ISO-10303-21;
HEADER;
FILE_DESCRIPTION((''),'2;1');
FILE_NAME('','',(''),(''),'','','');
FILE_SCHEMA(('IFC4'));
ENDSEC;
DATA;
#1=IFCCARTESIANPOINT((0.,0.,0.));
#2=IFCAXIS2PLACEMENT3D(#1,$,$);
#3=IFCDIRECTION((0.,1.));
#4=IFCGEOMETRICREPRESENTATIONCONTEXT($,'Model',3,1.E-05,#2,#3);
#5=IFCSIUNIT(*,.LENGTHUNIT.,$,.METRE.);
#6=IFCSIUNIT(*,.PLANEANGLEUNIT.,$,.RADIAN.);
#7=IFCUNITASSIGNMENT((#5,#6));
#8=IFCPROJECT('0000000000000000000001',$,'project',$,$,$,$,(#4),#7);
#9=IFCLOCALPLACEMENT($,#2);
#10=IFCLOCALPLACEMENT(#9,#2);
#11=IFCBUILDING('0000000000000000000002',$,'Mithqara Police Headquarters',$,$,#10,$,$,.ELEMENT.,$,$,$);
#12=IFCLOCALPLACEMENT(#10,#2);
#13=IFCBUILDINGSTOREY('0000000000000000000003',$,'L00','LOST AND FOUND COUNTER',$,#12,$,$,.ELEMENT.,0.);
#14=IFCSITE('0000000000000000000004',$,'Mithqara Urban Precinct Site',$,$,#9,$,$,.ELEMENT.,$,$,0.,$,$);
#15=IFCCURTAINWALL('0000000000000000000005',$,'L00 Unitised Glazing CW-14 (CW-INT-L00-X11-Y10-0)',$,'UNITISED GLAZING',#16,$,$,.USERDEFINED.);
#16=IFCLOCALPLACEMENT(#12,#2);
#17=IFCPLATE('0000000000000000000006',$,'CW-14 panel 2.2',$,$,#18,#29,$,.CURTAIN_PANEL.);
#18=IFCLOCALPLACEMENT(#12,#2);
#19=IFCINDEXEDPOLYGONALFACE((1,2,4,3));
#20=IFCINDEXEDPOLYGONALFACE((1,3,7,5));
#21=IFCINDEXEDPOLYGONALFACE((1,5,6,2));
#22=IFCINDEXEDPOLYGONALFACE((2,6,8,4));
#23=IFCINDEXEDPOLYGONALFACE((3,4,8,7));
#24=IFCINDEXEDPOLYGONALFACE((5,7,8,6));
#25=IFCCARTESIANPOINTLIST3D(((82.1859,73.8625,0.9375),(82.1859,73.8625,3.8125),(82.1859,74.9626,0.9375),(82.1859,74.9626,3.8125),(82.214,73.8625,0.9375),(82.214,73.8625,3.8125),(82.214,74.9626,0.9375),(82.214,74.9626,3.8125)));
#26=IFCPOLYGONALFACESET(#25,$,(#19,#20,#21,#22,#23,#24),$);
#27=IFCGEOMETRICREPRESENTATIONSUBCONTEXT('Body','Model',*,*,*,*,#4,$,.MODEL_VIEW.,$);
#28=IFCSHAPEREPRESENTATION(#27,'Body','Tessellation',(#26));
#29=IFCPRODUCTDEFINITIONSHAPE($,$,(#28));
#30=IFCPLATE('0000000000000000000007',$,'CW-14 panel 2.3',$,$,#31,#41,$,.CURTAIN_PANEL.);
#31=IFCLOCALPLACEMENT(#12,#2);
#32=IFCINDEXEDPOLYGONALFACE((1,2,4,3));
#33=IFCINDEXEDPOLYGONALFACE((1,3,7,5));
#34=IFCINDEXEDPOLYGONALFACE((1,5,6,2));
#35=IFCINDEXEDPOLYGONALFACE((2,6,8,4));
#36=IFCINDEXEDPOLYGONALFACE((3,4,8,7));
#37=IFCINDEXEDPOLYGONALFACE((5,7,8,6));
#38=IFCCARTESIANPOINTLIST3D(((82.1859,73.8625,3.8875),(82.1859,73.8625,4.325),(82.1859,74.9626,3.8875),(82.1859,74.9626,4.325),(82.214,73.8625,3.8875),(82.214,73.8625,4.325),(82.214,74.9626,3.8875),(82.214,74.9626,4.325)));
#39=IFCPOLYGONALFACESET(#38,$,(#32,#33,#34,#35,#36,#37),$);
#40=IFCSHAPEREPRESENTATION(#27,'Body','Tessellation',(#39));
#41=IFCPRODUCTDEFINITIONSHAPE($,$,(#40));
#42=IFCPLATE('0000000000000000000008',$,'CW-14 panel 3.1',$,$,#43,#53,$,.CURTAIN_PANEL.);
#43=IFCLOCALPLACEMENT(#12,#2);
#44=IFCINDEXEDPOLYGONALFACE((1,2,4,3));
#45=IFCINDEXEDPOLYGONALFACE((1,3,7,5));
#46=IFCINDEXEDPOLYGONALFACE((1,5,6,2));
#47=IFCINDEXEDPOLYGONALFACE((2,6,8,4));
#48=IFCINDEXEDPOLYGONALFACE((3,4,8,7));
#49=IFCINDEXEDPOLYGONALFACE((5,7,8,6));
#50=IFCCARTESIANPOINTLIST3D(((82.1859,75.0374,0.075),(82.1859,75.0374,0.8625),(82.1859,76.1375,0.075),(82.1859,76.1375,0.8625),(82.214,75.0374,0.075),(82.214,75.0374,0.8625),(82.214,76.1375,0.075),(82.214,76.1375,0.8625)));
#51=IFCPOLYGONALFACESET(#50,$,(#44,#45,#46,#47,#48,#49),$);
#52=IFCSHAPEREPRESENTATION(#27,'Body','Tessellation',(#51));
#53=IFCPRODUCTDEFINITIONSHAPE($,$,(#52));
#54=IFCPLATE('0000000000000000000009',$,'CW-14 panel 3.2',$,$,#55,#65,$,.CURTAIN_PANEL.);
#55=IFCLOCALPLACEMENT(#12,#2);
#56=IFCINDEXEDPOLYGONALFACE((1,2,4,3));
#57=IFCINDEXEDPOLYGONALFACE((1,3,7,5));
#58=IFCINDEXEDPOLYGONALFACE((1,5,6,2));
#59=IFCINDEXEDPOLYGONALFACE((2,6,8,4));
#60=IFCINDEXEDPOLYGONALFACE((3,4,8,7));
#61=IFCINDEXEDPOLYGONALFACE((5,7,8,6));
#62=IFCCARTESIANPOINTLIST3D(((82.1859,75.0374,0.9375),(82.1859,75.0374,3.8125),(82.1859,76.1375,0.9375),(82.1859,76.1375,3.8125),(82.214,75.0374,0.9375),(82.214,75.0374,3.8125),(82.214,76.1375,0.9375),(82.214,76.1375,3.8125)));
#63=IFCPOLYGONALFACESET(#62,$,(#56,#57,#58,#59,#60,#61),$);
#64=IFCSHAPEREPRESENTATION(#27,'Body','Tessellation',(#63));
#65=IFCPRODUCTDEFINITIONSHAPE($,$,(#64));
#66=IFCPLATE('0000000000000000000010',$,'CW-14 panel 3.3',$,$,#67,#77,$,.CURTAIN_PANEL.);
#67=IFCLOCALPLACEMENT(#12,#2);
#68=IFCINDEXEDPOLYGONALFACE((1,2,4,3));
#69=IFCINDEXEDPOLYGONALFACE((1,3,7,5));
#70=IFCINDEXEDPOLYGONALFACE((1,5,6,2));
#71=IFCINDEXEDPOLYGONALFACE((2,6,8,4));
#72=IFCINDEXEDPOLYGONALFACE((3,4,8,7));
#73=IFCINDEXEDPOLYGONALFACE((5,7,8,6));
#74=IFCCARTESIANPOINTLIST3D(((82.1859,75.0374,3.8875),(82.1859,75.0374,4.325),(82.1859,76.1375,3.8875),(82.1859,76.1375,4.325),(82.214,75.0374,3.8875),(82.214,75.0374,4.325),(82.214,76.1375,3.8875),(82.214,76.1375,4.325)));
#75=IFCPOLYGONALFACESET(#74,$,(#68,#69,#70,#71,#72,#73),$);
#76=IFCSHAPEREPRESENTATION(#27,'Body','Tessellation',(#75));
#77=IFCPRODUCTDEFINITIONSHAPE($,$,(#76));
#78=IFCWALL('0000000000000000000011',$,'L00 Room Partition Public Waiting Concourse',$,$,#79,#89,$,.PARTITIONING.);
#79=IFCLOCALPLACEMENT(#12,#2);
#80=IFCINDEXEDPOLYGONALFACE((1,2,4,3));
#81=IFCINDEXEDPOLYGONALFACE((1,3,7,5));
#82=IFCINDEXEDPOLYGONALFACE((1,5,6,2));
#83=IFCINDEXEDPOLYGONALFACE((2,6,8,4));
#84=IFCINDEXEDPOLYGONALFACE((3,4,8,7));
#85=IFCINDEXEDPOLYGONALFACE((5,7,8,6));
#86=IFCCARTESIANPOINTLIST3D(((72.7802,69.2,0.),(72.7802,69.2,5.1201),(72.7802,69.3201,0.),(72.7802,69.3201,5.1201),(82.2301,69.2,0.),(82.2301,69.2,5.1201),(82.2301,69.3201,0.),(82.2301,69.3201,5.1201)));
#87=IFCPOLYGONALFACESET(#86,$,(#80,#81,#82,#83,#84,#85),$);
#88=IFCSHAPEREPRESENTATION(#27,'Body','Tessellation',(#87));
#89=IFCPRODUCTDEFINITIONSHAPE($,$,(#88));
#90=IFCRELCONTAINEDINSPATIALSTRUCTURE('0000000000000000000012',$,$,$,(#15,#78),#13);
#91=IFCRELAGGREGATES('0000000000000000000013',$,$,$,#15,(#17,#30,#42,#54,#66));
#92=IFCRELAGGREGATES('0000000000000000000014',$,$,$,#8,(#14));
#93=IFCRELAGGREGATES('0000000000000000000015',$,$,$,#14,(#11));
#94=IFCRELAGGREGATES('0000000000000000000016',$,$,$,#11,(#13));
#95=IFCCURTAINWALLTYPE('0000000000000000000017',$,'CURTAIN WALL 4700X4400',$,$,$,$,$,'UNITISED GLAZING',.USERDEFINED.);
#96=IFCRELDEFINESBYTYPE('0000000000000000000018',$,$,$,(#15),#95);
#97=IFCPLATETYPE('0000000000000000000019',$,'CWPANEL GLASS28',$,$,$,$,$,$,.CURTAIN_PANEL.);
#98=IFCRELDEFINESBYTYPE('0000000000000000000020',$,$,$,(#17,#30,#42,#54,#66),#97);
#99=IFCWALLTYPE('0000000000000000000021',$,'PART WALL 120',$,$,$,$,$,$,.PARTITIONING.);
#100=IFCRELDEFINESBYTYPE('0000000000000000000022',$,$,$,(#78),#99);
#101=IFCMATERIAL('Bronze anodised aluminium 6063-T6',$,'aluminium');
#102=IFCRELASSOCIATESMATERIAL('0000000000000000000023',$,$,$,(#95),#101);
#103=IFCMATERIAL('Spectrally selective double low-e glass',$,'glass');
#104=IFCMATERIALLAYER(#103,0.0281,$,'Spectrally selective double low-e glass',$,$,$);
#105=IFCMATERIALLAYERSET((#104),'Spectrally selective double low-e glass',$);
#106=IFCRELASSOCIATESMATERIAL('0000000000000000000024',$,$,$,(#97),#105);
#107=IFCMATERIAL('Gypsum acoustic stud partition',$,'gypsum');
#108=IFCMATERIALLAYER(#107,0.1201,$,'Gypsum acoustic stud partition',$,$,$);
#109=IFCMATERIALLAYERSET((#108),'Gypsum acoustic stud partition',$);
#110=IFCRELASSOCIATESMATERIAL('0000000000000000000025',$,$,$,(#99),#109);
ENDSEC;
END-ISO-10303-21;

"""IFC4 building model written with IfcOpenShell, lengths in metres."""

from ifc_helpers import new_model, si_unit, direction, frame, frame_2d, origin, origin_2d, place, context, subcontext, project, spatial, rectangle, extrude, material, layer, layer_set, type_object, element, aggregate, save


model = new_model("IFC4")

# Units and contexts
model_context = context("Model", 3, precision=1e-05, world=origin(), true_north=direction((0.0, 1.0)))
body_context = subcontext(model_context, "Body", "Model", "MODEL_VIEW")
ifc_project = project(units=[si_unit("LENGTHUNIT", "METRE"), si_unit("PLANEANGLEUNIT", "RADIAN")], contexts=[model_context])

# Site, building, storey
site_placement = place(None, origin())
site = spatial("IfcSite", under=ifc_project, at=site_placement, Name="Mithqara Urban Precinct Site", CompositionType="ELEMENT", RefElevation=0.0)
building_placement = place(site_placement, origin())
building = spatial("IfcBuilding", under=site, at=building_placement, Name="Mithqara Police Headquarters", CompositionType="ELEMENT")
storey_placement = place(building_placement, origin())
storey = spatial("IfcBuildingStorey", under=building, at=storey_placement, Name="L00", Description="LOST AND FOUND COUNTER", CompositionType="ELEMENT", Elevation=0.0)

# Shared definitions
ifc_material_1 = material(Name="Bronze anodised aluminium 6063-T6", Category="aluminium")
curtain_wall_type = type_object("IfcCurtainWallType", Name="CURTAIN WALL 4700X4400", ElementType="UNITISED GLAZING", PredefinedType="USERDEFINED", material=ifc_material_1)

# Curtain wall
curtain_wall_1_placement = place(storey_placement, origin())
curtain_wall_1 = element("IfcCurtainWall", 1, at=curtain_wall_1_placement, inside=storey, type_object=curtain_wall_type, Name="L00 Unitised Glazing CW-14 (CW-INT-L00-X11-Y10-0)", ObjectType="UNITISED GLAZING", PredefinedType="USERDEFINED")

# Plates
ifc_material_2 = material(Name="Spectrally selective double low-e glass", Category="glass")
ifc_layer_1 = layer(ifc_material_2, 0.0281, Name="Spectrally selective double low-e glass")
ifc_layer_set_1 = layer_set([ifc_layer_1], Name="Spectrally selective double low-e glass")
plate_type = type_object("IfcPlateType", Name="CWPANEL GLASS28", PredefinedType="CURTAIN_PANEL", material=ifc_layer_set_1)
plate_1_placement = place(storey_placement, frame((82.2, 74.4126, 0.9375), z_axis=(0.0, 0.0, 1.0), x_axis=(0.0, 1.0, 0.0)))
plate_1 = element("IfcPlate", 2, at=plate_1_placement, type_object=plate_type, Name="CW-14 panel 2.2", PredefinedType="CURTAIN_PANEL", context=body_context, shape_type="SweptSolid", body=[
    extrude(rectangle(XDim=1.1001, YDim=0.0281, at=origin_2d()), origin(), (0.0, 0.0, 1.0), 2.875),
])
plate_2_placement = place(storey_placement, frame((82.2, 74.4126, 3.8875), z_axis=(0.0, 0.0, 1.0), x_axis=(0.0, 1.0, 0.0)))
plate_2 = element("IfcPlate", 3, at=plate_2_placement, type_object=plate_type, Name="CW-14 panel 2.3", PredefinedType="CURTAIN_PANEL", context=body_context, shape_type="SweptSolid", body=[
    extrude(rectangle(XDim=1.1001, YDim=0.0281, at=origin_2d()), origin(), (0.0, 0.0, 1.0), 0.4375),
])
plate_3_placement = place(storey_placement, frame((82.2, 75.5874, 0.075), z_axis=(0.0, 0.0, 1.0), x_axis=(0.0, 1.0, 0.0)))
plate_3 = element("IfcPlate", 4, at=plate_3_placement, type_object=plate_type, Name="CW-14 panel 3.1", PredefinedType="CURTAIN_PANEL", context=body_context, shape_type="SweptSolid", body=[
    extrude(rectangle(XDim=1.1001, YDim=0.0281, at=origin_2d()), origin(), (0.0, 0.0, 1.0), 0.7876),
])
plate_4_placement = place(storey_placement, frame((82.2, 75.5874, 0.9375), z_axis=(0.0, 0.0, 1.0), x_axis=(0.0, 1.0, 0.0)))
plate_4 = element("IfcPlate", 5, at=plate_4_placement, type_object=plate_type, Name="CW-14 panel 3.2", PredefinedType="CURTAIN_PANEL", context=body_context, shape_type="SweptSolid", body=[
    extrude(rectangle(XDim=1.1001, YDim=0.0281, at=origin_2d()), origin(), (0.0, 0.0, 1.0), 2.875),
])
plate_5_placement = place(storey_placement, frame((82.2, 75.5874, 3.8875), z_axis=(0.0, 0.0, 1.0), x_axis=(0.0, 1.0, 0.0)))
plate_5 = element("IfcPlate", 6, at=plate_5_placement, type_object=plate_type, Name="CW-14 panel 3.3", PredefinedType="CURTAIN_PANEL", context=body_context, shape_type="SweptSolid", body=[
    extrude(rectangle(XDim=1.1001, YDim=0.0281, at=origin_2d()), origin(), (0.0, 0.0, 1.0), 0.4375),
])
aggregate(curtain_wall_1, [plate_1, plate_2, plate_3, plate_4, plate_5])

# Wall
ifc_material_3 = material(Name="Gypsum acoustic stud partition", Category="gypsum")
ifc_layer_2 = layer(ifc_material_3, 0.1201, Name="Gypsum acoustic stud partition")
ifc_layer_set_2 = layer_set([ifc_layer_2], Name="Gypsum acoustic stud partition")
wall_type = type_object("IfcWallType", Name="PART WALL 120", PredefinedType="PARTITIONING", material=ifc_layer_set_2)
wall_placement = place(storey_placement, frame((72.78, 69.26, 0.0), z_axis=(0.0, 0.0, 1.0), x_axis=(1.0, 0.0, 0.0)))
element("IfcWall", 7, at=wall_placement, inside=storey, type_object=wall_type, Name="L00 Room Partition Public Waiting Concourse", PredefinedType="PARTITIONING", context=body_context, shape_type="SweptSolid", body=[
    extrude(rectangle(XDim=9.45, YDim=0.1201, at=frame_2d((4.7251, 0.0))), origin(), (0.0, 0.0, 1.0), 5.1201),
])

save(model, "model.ifc")
